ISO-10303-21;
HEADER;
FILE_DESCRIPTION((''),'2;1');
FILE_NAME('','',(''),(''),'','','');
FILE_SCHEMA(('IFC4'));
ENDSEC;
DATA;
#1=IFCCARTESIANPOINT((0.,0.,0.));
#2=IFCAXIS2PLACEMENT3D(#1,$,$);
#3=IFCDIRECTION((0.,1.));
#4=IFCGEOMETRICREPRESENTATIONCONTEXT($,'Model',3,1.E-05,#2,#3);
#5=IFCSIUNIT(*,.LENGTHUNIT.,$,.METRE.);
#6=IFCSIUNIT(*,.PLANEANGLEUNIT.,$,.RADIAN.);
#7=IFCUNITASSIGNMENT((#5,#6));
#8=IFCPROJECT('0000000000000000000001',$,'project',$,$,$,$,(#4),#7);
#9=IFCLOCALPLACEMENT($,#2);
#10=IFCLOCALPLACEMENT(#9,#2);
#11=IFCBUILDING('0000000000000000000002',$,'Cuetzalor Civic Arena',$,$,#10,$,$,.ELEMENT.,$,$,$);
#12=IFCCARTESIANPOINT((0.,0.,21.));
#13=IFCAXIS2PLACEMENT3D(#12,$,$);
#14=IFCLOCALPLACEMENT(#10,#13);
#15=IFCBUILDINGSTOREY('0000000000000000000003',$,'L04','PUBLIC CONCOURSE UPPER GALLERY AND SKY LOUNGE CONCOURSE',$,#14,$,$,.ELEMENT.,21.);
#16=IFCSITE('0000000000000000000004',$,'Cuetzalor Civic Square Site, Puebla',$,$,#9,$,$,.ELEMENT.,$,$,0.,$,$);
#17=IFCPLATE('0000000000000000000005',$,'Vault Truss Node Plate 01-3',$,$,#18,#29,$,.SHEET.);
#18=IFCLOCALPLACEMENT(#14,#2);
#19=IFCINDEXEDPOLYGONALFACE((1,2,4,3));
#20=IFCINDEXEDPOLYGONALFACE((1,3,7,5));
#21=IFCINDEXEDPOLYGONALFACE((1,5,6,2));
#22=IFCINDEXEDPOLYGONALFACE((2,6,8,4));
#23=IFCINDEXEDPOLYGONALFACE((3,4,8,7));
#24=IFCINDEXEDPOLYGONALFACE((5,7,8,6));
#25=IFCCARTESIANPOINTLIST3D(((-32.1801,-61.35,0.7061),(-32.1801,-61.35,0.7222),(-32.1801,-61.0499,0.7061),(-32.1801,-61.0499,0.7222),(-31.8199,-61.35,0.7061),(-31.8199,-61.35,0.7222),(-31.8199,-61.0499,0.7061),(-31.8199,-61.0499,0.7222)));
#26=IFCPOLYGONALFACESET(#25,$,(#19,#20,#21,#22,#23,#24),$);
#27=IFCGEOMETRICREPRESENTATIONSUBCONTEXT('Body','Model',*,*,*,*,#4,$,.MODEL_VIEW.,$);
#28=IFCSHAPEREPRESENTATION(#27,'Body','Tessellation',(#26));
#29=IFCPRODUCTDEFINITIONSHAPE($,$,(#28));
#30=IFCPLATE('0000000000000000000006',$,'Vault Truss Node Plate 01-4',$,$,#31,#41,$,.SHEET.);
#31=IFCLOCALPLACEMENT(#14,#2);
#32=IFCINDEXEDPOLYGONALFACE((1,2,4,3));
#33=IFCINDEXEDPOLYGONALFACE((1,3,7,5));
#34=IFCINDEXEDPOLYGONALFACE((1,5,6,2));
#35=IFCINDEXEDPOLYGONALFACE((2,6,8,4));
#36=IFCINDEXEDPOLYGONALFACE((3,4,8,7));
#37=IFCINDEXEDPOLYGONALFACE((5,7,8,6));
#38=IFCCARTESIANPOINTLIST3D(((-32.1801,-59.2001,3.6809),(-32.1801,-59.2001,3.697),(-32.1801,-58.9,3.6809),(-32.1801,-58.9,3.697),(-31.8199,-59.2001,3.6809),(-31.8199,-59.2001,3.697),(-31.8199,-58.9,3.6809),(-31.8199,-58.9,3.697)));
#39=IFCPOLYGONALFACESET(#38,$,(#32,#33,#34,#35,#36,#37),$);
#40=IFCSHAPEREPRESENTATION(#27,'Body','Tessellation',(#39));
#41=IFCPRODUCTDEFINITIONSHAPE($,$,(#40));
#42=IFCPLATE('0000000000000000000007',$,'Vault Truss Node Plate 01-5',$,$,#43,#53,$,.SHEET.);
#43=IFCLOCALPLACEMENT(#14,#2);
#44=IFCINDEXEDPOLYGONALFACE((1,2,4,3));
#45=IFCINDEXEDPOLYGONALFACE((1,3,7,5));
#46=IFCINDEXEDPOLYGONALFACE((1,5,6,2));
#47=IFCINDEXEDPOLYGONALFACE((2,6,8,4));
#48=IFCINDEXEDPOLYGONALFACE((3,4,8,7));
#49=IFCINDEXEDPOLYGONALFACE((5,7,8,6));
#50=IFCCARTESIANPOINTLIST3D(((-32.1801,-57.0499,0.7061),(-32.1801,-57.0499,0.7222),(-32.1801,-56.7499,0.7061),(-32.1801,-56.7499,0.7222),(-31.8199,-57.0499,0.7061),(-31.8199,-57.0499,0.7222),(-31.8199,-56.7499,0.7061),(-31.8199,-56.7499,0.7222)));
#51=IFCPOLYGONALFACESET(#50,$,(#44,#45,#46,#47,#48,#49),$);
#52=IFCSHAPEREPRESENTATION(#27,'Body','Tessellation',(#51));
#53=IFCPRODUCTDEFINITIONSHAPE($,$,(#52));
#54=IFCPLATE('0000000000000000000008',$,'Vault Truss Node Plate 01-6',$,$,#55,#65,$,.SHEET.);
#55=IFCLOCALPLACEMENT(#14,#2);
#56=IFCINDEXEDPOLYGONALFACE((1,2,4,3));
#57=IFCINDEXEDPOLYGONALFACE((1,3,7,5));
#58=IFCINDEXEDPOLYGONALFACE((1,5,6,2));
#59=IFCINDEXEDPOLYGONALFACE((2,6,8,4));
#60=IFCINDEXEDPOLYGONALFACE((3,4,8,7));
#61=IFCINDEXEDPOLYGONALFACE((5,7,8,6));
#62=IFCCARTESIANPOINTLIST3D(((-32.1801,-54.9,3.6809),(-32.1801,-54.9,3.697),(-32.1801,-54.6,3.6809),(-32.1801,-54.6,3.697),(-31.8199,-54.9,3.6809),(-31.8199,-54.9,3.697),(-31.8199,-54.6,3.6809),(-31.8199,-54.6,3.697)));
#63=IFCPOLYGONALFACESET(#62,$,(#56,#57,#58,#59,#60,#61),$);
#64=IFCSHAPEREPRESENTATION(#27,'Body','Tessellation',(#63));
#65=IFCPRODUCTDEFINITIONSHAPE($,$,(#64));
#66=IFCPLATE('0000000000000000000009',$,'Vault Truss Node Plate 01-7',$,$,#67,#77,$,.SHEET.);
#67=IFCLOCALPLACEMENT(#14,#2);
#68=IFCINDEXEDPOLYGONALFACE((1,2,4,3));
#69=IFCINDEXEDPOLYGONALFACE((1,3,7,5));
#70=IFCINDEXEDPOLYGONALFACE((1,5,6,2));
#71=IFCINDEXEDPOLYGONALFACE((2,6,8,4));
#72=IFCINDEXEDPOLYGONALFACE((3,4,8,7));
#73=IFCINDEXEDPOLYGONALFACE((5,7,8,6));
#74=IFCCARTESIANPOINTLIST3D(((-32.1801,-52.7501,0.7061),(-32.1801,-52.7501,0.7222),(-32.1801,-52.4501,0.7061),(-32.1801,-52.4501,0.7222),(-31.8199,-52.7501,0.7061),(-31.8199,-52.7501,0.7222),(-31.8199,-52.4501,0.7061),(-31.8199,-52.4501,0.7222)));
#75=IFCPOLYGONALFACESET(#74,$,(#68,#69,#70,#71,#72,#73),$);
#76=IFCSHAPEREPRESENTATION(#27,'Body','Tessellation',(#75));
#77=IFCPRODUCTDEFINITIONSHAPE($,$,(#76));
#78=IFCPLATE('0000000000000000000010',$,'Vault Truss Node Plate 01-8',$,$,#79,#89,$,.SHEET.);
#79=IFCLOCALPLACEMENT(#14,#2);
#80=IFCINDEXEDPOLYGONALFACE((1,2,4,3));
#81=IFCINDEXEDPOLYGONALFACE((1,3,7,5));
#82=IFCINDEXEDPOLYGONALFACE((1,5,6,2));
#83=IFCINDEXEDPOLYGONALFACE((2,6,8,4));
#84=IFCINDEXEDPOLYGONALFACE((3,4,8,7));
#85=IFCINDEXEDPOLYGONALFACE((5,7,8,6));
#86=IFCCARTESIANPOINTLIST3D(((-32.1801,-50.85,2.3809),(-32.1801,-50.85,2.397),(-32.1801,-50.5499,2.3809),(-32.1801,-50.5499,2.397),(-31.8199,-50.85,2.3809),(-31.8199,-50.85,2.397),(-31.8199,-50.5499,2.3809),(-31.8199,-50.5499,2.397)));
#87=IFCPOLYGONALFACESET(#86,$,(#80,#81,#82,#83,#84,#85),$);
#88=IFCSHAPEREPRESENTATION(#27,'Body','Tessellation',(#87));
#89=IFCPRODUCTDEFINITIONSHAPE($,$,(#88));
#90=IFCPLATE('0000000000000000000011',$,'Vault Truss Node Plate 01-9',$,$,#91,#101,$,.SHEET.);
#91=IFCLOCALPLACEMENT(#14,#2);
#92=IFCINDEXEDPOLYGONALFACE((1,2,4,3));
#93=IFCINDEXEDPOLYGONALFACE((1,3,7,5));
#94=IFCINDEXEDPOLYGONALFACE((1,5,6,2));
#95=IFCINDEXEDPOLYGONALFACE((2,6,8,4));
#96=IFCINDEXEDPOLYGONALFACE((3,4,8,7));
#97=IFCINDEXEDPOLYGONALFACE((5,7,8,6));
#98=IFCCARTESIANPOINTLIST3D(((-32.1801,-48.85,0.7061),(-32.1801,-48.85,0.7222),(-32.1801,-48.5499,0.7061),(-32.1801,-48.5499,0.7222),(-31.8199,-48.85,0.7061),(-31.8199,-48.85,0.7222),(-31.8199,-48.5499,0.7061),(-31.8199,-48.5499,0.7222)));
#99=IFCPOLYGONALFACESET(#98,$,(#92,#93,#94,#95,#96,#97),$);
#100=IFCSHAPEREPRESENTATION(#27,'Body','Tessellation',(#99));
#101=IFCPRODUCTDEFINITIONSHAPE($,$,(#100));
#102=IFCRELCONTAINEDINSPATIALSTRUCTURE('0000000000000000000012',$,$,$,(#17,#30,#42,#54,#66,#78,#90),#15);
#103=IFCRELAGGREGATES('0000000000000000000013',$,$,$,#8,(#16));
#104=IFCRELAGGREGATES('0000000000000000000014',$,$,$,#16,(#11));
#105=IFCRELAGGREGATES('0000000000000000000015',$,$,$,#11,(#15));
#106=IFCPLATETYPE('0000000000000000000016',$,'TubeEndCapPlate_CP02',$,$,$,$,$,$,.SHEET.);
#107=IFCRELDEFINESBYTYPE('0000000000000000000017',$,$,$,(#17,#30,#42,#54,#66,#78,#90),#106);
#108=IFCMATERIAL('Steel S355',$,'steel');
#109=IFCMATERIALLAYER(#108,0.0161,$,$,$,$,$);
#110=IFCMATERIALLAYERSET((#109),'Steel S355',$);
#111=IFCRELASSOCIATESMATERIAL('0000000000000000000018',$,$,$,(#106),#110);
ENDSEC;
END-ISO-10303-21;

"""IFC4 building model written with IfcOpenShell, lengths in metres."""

from ifc_helpers import new_model, si_unit, direction, frame, origin, origin_2d, place, context, subcontext, project, spatial, rectangle, extrude, material, layer, layer_set, type_object, element, save


model = new_model("IFC4")

# Units and contexts
model_context = context("Model", 3, precision=1e-05, world=origin(), true_north=direction((0.0, 1.0)))
body_context = subcontext(model_context, "Body", "Model", "MODEL_VIEW")
ifc_project = project(units=[si_unit("LENGTHUNIT", "METRE"), si_unit("PLANEANGLEUNIT", "RADIAN")], contexts=[model_context])

# Site, building, storey
site_placement = place(None, origin())
site = spatial("IfcSite", under=ifc_project, at=site_placement, Name="Cuetzalor Civic Square Site, Puebla", CompositionType="ELEMENT", RefElevation=0.0)
building_placement = place(site_placement, origin())
building = spatial("IfcBuilding", under=site, at=building_placement, Name="Cuetzalor Civic Arena", CompositionType="ELEMENT")
storey_placement = place(building_placement, frame((0.0, 0.0, 21.0)))
storey = spatial("IfcBuildingStorey", under=building, at=storey_placement, Name="L04", Description="PUBLIC CONCOURSE UPPER GALLERY AND SKY LOUNGE CONCOURSE", CompositionType="ELEMENT", Elevation=21.0)

# Plates
ifc_material_1 = material(Name="Steel S355", Category="steel")
ifc_layer_1 = layer(ifc_material_1, 0.0161)
ifc_layer_set_1 = layer_set([ifc_layer_1], Name="Steel S355")
plate_type_1 = type_object("IfcPlateType", Name="TubeEndCapPlate_CP02", PredefinedType="SHEET", material=ifc_layer_set_1)
for number, where, z_axis, x_axis, name in (
    (1, (-32.0, -61.2, 0.7061), (0.0, 0.0, 1.0), (1.0, 0.0, 0.0), "Vault Truss Node Plate 01-3"),
    (2, (-32.0, -59.05, 3.6809), (0.0, 0.0, 1.0), (1.0, 0.0, 0.0), "Vault Truss Node Plate 01-4"),
    (3, (-32.0, -56.8999, 0.7061), (0.0, 0.0, 1.0), (1.0, 0.0, 0.0), "Vault Truss Node Plate 01-5"),
    (4, (-32.0, -54.75, 3.6809), (0.0, 0.0, 1.0), (1.0, 0.0, 0.0), "Vault Truss Node Plate 01-6"),
    (5, (-32.0, -52.6001, 0.7061), (0.0, 0.0, 1.0), (1.0, 0.0, 0.0), "Vault Truss Node Plate 01-7"),
    (6, (-32.0, -50.7, 2.3809), (0.0, 0.0, 1.0), (1.0, 0.0, 0.0), "Vault Truss Node Plate 01-8"),
    (7, (-32.0, -48.7, 0.7061), (0.0, 0.0, 1.0), (1.0, 0.0, 0.0), "Vault Truss Node Plate 01-9"),
):
    element("IfcPlate", number, at=place(storey_placement, frame(where, z_axis=z_axis, x_axis=x_axis)), inside=storey, type_object=plate_type_1, Name=name, PredefinedType="SHEET", context=body_context, shape_type="SweptSolid", body=[
        extrude(rectangle(XDim=0.3601, YDim=0.3, at=origin_2d()), origin(), (0.0, 0.0, 1.0), 0.0161),
    ])

save(model, "model.ifc")
